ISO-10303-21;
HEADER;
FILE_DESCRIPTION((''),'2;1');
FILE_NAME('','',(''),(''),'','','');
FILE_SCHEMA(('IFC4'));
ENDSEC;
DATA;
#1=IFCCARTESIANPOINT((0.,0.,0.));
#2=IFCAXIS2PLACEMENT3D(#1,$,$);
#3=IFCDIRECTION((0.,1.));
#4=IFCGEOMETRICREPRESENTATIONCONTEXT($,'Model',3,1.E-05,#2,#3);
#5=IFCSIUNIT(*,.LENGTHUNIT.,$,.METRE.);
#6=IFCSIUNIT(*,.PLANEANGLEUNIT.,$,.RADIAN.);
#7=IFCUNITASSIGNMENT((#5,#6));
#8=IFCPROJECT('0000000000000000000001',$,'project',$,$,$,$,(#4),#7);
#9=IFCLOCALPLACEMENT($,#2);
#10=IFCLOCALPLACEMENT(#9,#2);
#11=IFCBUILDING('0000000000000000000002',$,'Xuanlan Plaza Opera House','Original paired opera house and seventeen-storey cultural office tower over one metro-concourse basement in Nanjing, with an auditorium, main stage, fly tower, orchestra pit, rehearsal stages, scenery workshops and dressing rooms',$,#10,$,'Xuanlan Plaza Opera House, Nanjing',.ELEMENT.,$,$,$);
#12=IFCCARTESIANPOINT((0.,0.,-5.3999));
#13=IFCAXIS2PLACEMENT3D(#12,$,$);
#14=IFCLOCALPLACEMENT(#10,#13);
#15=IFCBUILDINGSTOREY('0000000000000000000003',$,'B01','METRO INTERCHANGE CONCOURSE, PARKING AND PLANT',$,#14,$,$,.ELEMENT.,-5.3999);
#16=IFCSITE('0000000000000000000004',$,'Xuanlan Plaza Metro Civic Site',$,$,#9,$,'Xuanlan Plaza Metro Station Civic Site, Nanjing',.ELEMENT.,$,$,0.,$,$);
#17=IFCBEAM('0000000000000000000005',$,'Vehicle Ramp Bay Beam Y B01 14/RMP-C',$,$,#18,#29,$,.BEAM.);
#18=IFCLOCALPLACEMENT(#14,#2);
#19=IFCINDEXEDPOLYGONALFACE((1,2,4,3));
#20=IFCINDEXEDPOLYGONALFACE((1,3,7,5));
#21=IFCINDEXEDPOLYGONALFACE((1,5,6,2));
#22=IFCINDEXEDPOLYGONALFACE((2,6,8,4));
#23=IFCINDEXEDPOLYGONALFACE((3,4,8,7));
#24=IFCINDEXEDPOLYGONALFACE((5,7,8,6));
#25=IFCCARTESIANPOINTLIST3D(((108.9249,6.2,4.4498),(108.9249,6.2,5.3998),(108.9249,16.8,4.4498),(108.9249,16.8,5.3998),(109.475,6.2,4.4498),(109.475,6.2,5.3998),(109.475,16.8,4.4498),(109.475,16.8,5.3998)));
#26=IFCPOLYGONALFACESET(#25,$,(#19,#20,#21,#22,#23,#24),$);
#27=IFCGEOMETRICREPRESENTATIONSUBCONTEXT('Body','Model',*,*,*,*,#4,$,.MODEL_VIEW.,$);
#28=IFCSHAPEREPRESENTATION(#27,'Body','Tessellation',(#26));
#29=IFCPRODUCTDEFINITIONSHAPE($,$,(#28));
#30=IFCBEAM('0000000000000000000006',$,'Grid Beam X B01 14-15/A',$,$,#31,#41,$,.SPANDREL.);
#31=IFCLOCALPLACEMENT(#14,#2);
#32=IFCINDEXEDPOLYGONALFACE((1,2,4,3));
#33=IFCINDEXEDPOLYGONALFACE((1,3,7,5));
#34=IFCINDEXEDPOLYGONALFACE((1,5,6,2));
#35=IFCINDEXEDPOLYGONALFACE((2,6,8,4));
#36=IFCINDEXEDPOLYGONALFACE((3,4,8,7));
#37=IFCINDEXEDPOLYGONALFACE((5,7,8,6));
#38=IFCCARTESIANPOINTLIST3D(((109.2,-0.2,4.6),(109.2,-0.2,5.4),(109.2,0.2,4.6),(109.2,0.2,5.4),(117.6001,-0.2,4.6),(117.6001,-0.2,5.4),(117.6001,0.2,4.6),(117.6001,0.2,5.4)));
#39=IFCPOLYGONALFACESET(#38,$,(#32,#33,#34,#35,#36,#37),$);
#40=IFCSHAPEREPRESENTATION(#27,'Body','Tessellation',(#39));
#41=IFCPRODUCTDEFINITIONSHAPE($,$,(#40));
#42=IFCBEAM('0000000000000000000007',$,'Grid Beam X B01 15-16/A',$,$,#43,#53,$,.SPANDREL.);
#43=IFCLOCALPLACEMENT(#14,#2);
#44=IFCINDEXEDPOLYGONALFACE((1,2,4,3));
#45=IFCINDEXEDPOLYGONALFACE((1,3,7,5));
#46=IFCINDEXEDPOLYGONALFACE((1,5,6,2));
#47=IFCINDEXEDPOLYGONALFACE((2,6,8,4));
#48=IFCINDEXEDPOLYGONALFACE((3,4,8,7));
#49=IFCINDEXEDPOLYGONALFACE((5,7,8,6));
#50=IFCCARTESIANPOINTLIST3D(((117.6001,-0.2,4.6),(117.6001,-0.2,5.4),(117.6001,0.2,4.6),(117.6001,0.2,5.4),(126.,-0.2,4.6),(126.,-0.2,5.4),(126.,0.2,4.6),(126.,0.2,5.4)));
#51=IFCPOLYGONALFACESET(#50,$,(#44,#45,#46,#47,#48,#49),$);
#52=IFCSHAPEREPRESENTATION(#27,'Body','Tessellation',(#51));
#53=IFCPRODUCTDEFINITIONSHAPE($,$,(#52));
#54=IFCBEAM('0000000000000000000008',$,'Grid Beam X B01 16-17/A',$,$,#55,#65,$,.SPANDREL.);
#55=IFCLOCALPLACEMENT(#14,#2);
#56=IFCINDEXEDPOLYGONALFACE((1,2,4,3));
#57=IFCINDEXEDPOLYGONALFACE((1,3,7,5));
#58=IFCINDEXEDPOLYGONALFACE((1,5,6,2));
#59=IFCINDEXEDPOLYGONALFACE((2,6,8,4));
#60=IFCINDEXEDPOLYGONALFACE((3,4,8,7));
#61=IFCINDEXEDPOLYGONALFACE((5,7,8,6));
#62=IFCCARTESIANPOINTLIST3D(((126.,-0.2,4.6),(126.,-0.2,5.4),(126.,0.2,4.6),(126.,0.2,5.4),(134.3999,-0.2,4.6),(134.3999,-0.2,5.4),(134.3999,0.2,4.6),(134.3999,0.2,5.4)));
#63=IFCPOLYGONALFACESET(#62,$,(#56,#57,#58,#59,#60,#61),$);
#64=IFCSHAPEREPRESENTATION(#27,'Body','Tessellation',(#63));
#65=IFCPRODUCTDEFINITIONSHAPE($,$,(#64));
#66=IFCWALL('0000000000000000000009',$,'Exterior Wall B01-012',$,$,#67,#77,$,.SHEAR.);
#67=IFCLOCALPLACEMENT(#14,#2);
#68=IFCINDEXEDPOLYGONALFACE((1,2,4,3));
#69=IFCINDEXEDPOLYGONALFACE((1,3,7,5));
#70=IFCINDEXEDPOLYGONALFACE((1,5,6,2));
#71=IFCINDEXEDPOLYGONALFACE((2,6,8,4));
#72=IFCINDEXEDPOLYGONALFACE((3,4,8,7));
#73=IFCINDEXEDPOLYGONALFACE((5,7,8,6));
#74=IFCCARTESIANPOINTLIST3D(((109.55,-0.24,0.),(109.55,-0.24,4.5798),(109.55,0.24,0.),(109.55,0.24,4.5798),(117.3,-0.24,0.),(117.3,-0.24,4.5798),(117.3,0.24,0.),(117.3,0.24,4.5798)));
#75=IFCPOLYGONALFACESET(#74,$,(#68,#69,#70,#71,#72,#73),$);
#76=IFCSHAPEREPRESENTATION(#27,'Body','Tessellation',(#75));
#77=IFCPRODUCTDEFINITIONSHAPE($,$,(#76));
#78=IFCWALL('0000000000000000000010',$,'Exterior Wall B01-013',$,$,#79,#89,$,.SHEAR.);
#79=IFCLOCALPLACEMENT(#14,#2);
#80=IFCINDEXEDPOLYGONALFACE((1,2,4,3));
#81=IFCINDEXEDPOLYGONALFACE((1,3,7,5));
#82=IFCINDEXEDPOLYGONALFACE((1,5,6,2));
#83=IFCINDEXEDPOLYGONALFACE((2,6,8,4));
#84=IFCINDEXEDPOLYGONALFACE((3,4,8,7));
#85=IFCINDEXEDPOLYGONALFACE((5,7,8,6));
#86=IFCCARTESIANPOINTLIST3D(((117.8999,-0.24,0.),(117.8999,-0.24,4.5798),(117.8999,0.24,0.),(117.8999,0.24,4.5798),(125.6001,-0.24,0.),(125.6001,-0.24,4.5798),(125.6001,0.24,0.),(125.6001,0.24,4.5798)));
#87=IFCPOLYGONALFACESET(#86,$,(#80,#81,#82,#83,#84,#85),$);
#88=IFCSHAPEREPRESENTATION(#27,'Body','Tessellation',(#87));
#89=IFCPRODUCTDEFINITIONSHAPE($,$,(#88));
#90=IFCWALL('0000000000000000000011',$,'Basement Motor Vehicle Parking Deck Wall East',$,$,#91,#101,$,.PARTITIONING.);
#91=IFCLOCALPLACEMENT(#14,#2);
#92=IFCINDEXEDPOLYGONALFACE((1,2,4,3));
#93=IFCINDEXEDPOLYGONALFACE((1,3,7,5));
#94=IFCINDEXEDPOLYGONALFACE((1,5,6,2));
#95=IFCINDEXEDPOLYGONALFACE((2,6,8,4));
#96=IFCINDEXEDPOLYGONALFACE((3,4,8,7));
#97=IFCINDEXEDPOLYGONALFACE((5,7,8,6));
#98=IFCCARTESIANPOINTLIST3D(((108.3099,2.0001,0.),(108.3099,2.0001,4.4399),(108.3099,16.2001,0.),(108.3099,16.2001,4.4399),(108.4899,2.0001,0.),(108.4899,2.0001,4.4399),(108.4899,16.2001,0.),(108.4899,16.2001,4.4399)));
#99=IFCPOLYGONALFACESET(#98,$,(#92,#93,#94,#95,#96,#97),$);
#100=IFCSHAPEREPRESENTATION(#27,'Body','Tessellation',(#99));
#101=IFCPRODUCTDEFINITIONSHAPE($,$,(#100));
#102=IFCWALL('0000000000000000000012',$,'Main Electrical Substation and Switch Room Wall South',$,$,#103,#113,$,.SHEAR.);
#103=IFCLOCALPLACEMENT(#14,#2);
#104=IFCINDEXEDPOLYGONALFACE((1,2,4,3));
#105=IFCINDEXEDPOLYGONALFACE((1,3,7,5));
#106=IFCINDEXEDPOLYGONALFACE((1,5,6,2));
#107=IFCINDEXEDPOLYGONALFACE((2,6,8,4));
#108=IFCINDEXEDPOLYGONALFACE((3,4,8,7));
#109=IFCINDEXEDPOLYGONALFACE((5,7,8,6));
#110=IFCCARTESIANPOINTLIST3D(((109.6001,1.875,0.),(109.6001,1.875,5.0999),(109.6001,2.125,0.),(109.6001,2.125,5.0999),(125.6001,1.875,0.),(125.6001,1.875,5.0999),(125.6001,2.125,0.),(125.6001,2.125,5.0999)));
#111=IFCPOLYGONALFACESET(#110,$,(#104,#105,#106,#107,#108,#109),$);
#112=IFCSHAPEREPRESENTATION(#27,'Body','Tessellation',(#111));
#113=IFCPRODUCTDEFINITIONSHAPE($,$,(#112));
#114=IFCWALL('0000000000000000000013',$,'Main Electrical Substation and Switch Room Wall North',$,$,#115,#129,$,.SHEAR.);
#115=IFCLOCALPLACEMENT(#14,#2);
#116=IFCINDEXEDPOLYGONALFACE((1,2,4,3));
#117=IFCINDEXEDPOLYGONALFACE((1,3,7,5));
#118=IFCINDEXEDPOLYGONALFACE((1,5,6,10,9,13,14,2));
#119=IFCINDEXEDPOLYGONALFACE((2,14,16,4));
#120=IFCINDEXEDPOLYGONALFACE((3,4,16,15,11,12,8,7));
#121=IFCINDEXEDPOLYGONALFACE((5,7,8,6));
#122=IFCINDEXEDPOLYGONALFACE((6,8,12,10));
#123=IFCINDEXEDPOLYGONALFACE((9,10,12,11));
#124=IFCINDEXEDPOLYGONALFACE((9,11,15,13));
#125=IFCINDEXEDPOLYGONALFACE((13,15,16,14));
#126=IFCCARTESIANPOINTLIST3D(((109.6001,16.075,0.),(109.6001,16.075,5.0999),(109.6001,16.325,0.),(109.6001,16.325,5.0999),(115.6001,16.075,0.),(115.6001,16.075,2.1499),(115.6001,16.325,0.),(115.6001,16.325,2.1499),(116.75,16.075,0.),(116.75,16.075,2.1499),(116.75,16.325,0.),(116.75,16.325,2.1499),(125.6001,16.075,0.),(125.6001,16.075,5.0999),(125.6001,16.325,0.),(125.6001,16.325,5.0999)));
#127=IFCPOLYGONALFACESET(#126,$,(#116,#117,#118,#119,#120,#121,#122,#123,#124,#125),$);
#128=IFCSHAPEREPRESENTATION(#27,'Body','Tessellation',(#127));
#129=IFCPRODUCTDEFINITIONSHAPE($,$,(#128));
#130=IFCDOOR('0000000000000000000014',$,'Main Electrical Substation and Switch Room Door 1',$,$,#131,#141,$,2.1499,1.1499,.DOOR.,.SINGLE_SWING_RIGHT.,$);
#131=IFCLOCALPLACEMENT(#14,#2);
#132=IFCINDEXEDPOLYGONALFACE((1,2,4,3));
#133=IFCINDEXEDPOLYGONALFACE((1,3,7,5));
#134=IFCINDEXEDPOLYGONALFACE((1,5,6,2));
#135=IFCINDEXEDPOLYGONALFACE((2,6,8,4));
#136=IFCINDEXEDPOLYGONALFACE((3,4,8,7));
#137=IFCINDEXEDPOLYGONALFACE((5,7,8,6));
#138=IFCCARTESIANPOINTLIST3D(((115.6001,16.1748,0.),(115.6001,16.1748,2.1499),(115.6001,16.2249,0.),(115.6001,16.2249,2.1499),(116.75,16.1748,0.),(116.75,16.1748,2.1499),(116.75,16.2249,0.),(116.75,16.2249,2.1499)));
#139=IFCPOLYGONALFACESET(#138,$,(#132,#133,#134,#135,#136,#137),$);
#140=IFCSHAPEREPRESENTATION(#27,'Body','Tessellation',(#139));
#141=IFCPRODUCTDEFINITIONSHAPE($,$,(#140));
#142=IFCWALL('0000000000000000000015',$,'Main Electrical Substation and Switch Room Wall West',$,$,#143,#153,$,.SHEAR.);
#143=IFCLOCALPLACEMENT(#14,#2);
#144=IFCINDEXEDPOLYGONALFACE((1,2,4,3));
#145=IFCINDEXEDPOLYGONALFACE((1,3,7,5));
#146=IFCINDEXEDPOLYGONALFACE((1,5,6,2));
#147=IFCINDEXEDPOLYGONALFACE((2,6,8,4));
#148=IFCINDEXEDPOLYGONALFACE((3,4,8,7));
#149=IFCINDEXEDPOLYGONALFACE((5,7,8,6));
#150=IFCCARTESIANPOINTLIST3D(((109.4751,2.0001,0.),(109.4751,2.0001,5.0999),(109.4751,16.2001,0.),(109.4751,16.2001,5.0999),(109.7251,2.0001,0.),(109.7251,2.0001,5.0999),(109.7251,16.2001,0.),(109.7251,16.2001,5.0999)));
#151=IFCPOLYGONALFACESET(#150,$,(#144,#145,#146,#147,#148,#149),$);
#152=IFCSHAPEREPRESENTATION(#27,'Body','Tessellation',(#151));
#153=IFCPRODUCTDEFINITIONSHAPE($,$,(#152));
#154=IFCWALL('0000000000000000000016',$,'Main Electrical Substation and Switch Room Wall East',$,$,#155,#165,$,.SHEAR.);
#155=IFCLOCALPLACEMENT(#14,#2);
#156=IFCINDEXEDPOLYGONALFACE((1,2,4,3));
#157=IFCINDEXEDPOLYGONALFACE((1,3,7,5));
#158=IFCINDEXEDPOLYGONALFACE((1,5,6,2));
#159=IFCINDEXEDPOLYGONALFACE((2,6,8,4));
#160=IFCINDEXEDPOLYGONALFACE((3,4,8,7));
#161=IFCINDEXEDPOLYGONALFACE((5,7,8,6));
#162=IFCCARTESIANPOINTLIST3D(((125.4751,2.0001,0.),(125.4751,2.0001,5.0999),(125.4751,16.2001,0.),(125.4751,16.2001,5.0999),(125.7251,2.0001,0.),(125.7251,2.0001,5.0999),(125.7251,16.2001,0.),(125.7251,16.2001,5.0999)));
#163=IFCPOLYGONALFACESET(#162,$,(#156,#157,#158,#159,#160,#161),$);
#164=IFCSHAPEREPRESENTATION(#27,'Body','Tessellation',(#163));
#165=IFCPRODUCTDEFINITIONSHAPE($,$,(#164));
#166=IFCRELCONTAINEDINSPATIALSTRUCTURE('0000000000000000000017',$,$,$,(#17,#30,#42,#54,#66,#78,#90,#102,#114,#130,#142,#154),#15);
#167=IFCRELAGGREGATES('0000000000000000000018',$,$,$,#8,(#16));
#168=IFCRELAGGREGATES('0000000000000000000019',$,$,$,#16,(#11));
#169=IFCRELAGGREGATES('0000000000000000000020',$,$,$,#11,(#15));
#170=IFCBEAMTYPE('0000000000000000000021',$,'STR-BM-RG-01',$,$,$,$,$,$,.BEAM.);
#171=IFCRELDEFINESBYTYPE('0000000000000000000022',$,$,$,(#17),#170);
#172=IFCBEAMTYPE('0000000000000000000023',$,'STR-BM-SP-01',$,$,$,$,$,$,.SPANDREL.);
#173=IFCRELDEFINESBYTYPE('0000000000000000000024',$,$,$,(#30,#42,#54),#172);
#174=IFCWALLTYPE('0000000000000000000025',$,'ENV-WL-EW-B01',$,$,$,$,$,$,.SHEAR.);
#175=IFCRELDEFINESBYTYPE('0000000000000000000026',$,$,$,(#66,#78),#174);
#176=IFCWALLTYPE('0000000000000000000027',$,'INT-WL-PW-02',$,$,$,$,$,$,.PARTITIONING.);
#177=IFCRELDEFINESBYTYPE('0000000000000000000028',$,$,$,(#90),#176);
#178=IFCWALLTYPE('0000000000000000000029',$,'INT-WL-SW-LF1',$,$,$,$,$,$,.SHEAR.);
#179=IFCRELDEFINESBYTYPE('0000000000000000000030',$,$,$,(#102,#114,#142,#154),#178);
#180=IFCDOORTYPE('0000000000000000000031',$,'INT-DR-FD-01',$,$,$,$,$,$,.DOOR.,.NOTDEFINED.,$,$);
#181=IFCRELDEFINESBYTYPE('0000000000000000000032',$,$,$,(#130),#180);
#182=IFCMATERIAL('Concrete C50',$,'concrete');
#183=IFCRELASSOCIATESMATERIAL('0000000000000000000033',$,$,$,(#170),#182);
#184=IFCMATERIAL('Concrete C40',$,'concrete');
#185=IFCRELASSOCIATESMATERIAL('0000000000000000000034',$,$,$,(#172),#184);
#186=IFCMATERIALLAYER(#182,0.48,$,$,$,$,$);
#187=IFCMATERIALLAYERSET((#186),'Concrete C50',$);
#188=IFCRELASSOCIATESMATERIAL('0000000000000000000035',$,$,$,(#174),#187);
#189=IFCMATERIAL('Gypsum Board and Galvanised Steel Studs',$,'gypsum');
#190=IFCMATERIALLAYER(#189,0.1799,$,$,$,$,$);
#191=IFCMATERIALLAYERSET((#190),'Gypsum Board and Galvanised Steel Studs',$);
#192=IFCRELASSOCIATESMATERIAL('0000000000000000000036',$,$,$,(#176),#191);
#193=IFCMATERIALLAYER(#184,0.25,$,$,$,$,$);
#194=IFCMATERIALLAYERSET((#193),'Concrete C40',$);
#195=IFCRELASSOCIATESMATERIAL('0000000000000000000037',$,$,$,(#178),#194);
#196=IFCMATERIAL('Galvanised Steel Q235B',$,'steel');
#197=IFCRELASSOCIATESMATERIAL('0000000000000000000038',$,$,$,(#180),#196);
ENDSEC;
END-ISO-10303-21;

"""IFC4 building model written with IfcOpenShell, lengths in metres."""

from ifc_helpers import new_model, si_unit, direction, frame, frame_2d, origin, origin_2d, place, context, subcontext, project, spatial, rectangle, extrude, material, layer, layer_set, material_profile, profile_set, type_object, element, fill, save


model = new_model("IFC4")

# Units and contexts
model_context = context("Model", 3, precision=1e-05, world=origin(), true_north=direction((0.0, 1.0)))
body_context = subcontext(model_context, "Body", "Model", "MODEL_VIEW")
ifc_project = project(units=[si_unit("LENGTHUNIT", "METRE"), si_unit("PLANEANGLEUNIT", "RADIAN")], contexts=[model_context])

# Site, building, storey
site_placement = place(None, origin())
site = spatial("IfcSite", under=ifc_project, at=site_placement, Name="Xuanlan Plaza Metro Civic Site", LongName="Xuanlan Plaza Metro Station Civic Site, Nanjing", CompositionType="ELEMENT", RefElevation=0.0)
building_placement = place(site_placement, origin())
building = spatial("IfcBuilding", under=site, at=building_placement, Name="Xuanlan Plaza Opera House", Description="Original paired opera house and seventeen-storey cultural office tower over one metro-concourse basement in Nanjing, with an auditorium, main stage, fly tower, orchestra pit, rehearsal stages, scenery workshops and dressing rooms", LongName="Xuanlan Plaza Opera House, Nanjing", CompositionType="ELEMENT")
storey_placement = place(building_placement, frame((0.0, 0.0, -5.3999)))
storey = spatial("IfcBuildingStorey", under=building, at=storey_placement, Name="B01", Description="METRO INTERCHANGE CONCOURSE, PARKING AND PLANT", CompositionType="ELEMENT", Elevation=-5.3999)

# Shared definitions
ifc_material_1 = material(Name="Concrete C40", Category="concrete")

# Beams
ifc_material_2 = material(Name="Concrete C50", Category="concrete")
ifc_material_profile_1 = material_profile(ifc_material_2, rectangle(XDim=0.55, YDim=0.95, at=origin_2d()), Name="RC-BM 550x950")
ifc_profile_set_1 = profile_set([ifc_material_profile_1], Name="Concrete C50")
beam_type_1 = type_object("IfcBeamType", Name="STR-BM-RG-01", PredefinedType="BEAM", material=ifc_profile_set_1)
beam_1_placement = place(storey_placement, frame((109.2, 6.2, 4.9248), z_axis=(0.0, 1.0, 0.0), x_axis=(-1.0, 0.0, 0.0)))
element("IfcBeam", 1, at=beam_1_placement, inside=storey, type_object=beam_type_1, Name="Vehicle Ramp Bay Beam Y B01 14/RMP-C", PredefinedType="BEAM", context=body_context, shape_type="SweptSolid", body=[
    extrude(rectangle(XDim=0.55, YDim=0.95, at=origin_2d()), origin(), (0.0, 0.0, 1.0), 10.6001),
])
ifc_material_profile_2 = material_profile(ifc_material_1, rectangle(XDim=0.3999, YDim=0.8, at=origin_2d()), Name="RC-SPD 400x800")
ifc_profile_set_2 = profile_set([ifc_material_profile_2], Name="Concrete C40")
beam_type_2 = type_object("IfcBeamType", Name="STR-BM-SP-01", PredefinedType="SPANDREL", material=ifc_profile_set_2)
beam_2_placement = place(storey_placement, frame((109.2, 0.0, 5.0), z_axis=(1.0, 0.0, 0.0), x_axis=(0.0, 1.0, 0.0)))
element("IfcBeam", 2, at=beam_2_placement, inside=storey, type_object=beam_type_2, Name="Grid Beam X B01 14-15/A", PredefinedType="SPANDREL", context=body_context, shape_type="SweptSolid", body=[
    extrude(rectangle(XDim=0.3999, YDim=0.8, at=origin_2d()), origin(), (0.0, 0.0, 1.0), 8.4001),
])
for number, where, z_axis, x_axis, name in (
    (3, (117.6001, 0.0, 5.0), (1.0, 0.0, 0.0), (0.0, 1.0, 0.0), "Grid Beam X B01 15-16/A"),
    (4, (126.0, 0.0, 5.0), (1.0, 0.0, 0.0), (0.0, 1.0, 0.0), "Grid Beam X B01 16-17/A"),
):
    element("IfcBeam", number, at=place(storey_placement, frame(where, z_axis=z_axis, x_axis=x_axis)), inside=storey, type_object=beam_type_2, Name=name, PredefinedType="SPANDREL", context=body_context, shape_type="SweptSolid", body=[
        extrude(rectangle(XDim=0.3999, YDim=0.8, at=origin_2d()), origin(), (0.0, 0.0, 1.0), 8.3999),
    ])

# Walls
ifc_layer_1 = layer(ifc_material_2, 0.48)
ifc_layer_set_1 = layer_set([ifc_layer_1], Name="Concrete C50")
wall_type_1 = type_object("IfcWallType", Name="ENV-WL-EW-B01", PredefinedType="SHEAR", material=ifc_layer_set_1)
wall_1_placement = place(storey_placement, frame((109.55, 0.0, 0.0), z_axis=(0.0, 0.0, 1.0), x_axis=(1.0, 0.0, 0.0)))
element("IfcWall", 5, at=wall_1_placement, inside=storey, type_object=wall_type_1, Name="Exterior Wall B01-012", PredefinedType="SHEAR", context=body_context, shape_type="SweptSolid", body=[
    extrude(rectangle(XDim=7.75, YDim=0.48, at=frame_2d((3.875, 0.0))), origin(), (0.0, 0.0, 1.0), 4.5798),
])
wall_2_placement = place(storey_placement, frame((117.8999, 0.0, 0.0), z_axis=(0.0, 0.0, 1.0), x_axis=(1.0, 0.0, 0.0)))
element("IfcWall", 6, at=wall_2_placement, inside=storey, type_object=wall_type_1, Name="Exterior Wall B01-013", PredefinedType="SHEAR", context=body_context, shape_type="SweptSolid", body=[
    extrude(rectangle(XDim=7.7002, YDim=0.48, at=frame_2d((3.8501, 0.0))), origin(), (0.0, 0.0, 1.0), 4.5798),
])
ifc_material_3 = material(Name="Gypsum Board and Galvanised Steel Studs", Category="gypsum")
ifc_layer_2 = layer(ifc_material_3, 0.1799)
ifc_layer_set_2 = layer_set([ifc_layer_2], Name="Gypsum Board and Galvanised Steel Studs")
wall_type_2 = type_object("IfcWallType", Name="INT-WL-PW-02", PredefinedType="PARTITIONING", material=ifc_layer_set_2)
wall_3_placement = place(storey_placement, frame((108.3999, 2.0, 0.0), z_axis=(0.0, 0.0, 1.0), x_axis=(0.0, 1.0, 0.0)))
element("IfcWall", 7, at=wall_3_placement, inside=storey, type_object=wall_type_2, Name="Basement Motor Vehicle Parking Deck Wall East", PredefinedType="PARTITIONING", context=body_context, shape_type="SweptSolid", body=[
    extrude(rectangle(XDim=14.2, YDim=0.1799, at=frame_2d((7.1001, 0.0))), origin(), (0.0, 0.0, 1.0), 4.4399),
])
ifc_layer_3 = layer(ifc_material_1, 0.25)
ifc_layer_set_3 = layer_set([ifc_layer_3], Name="Concrete C40")
wall_type_3 = type_object("IfcWallType", Name="INT-WL-SW-LF1", PredefinedType="SHEAR", material=ifc_layer_set_3)
wall_4_placement = place(storey_placement, frame((109.6001, 2.0, 0.0), z_axis=(0.0, 0.0, 1.0), x_axis=(1.0, 0.0, 0.0)))
element("IfcWall", 8, at=wall_4_placement, inside=storey, type_object=wall_type_3, Name="Main Electrical Substation and Switch Room Wall South", PredefinedType="SHEAR", context=body_context, shape_type="SweptSolid", body=[
    extrude(rectangle(XDim=16.0, YDim=0.25, at=frame_2d((8.0, 0.0))), origin(), (0.0, 0.0, 1.0), 5.0999),
])

# Wall, opening, door
wall_5_placement = place(storey_placement, frame((109.6001, 16.2, 0.0), z_axis=(0.0, 0.0, 1.0), x_axis=(1.0, 0.0, 0.0)))
wall_5 = element("IfcWall", 9, at=wall_5_placement, inside=storey, type_object=wall_type_3, Name="Main Electrical Substation and Switch Room Wall North", PredefinedType="SHEAR", context=body_context, shape_type="SweptSolid", body=[
    extrude(rectangle(XDim=16.0, YDim=0.25, at=frame_2d((8.0, 0.0))), origin(), (0.0, 0.0, 1.0), 5.0999),
])
opening_placement = place(wall_5_placement, frame((6.0, 0.0, 0.0)))
opening = element("IfcOpeningElement", 10, at=opening_placement, cuts=wall_5, PredefinedType="OPENING", context=body_context, shape_type="SweptSolid", body=[
    extrude(rectangle(XDim=1.1499, YDim=2.1499, at=frame_2d((0.575, 1.075))), frame((0.0, 0.135, 0.0), z_axis=(0.0, -1.0, 0.0), x_axis=(1.0, 0.0, 0.0)), (0.0, 0.0, 1.0), 0.27),
])
ifc_material_4 = material(Name="Galvanised Steel Q235B", Category="steel")
door_type = type_object("IfcDoorType", Name="INT-DR-FD-01", OperationType="NOTDEFINED", PredefinedType="DOOR", material=ifc_material_4)
door_placement = place(opening_placement, origin())
door = element("IfcDoor", 11, at=door_placement, inside=storey, type_object=door_type, Name="Main Electrical Substation and Switch Room Door 1", OperationType="SINGLE_SWING_RIGHT", OverallHeight=2.1499, OverallWidth=1.1499, PredefinedType="DOOR", context=body_context, shape_type="SweptSolid", body=[
    extrude(rectangle(XDim=1.1499, YDim=2.1499, at=frame_2d((0.575, 1.075))), frame((0.0, 0.0249, 0.0), z_axis=(0.0, -1.0, 0.0), x_axis=(1.0, 0.0, 0.0)), (0.0, 0.0, 1.0), 0.05),
])
fill(opening, door)

# Walls
for number, where, z_axis, x_axis, name in (
    (12, (109.6001, 2.0, 0.0), (0.0, 0.0, 1.0), (0.0, 1.0, 0.0), "Main Electrical Substation and Switch Room Wall West"),
    (13, (125.6001, 2.0, 0.0), (0.0, 0.0, 1.0), (0.0, 1.0, 0.0), "Main Electrical Substation and Switch Room Wall East"),
):
    element("IfcWall", number, at=place(storey_placement, frame(where, z_axis=z_axis, x_axis=x_axis)), inside=storey, type_object=wall_type_3, Name=name, PredefinedType="SHEAR", context=body_context, shape_type="SweptSolid", body=[
        extrude(rectangle(XDim=14.2, YDim=0.25, at=frame_2d((7.1001, 0.0))), origin(), (0.0, 0.0, 1.0), 5.0999),
    ])

save(model, "model.ifc")
